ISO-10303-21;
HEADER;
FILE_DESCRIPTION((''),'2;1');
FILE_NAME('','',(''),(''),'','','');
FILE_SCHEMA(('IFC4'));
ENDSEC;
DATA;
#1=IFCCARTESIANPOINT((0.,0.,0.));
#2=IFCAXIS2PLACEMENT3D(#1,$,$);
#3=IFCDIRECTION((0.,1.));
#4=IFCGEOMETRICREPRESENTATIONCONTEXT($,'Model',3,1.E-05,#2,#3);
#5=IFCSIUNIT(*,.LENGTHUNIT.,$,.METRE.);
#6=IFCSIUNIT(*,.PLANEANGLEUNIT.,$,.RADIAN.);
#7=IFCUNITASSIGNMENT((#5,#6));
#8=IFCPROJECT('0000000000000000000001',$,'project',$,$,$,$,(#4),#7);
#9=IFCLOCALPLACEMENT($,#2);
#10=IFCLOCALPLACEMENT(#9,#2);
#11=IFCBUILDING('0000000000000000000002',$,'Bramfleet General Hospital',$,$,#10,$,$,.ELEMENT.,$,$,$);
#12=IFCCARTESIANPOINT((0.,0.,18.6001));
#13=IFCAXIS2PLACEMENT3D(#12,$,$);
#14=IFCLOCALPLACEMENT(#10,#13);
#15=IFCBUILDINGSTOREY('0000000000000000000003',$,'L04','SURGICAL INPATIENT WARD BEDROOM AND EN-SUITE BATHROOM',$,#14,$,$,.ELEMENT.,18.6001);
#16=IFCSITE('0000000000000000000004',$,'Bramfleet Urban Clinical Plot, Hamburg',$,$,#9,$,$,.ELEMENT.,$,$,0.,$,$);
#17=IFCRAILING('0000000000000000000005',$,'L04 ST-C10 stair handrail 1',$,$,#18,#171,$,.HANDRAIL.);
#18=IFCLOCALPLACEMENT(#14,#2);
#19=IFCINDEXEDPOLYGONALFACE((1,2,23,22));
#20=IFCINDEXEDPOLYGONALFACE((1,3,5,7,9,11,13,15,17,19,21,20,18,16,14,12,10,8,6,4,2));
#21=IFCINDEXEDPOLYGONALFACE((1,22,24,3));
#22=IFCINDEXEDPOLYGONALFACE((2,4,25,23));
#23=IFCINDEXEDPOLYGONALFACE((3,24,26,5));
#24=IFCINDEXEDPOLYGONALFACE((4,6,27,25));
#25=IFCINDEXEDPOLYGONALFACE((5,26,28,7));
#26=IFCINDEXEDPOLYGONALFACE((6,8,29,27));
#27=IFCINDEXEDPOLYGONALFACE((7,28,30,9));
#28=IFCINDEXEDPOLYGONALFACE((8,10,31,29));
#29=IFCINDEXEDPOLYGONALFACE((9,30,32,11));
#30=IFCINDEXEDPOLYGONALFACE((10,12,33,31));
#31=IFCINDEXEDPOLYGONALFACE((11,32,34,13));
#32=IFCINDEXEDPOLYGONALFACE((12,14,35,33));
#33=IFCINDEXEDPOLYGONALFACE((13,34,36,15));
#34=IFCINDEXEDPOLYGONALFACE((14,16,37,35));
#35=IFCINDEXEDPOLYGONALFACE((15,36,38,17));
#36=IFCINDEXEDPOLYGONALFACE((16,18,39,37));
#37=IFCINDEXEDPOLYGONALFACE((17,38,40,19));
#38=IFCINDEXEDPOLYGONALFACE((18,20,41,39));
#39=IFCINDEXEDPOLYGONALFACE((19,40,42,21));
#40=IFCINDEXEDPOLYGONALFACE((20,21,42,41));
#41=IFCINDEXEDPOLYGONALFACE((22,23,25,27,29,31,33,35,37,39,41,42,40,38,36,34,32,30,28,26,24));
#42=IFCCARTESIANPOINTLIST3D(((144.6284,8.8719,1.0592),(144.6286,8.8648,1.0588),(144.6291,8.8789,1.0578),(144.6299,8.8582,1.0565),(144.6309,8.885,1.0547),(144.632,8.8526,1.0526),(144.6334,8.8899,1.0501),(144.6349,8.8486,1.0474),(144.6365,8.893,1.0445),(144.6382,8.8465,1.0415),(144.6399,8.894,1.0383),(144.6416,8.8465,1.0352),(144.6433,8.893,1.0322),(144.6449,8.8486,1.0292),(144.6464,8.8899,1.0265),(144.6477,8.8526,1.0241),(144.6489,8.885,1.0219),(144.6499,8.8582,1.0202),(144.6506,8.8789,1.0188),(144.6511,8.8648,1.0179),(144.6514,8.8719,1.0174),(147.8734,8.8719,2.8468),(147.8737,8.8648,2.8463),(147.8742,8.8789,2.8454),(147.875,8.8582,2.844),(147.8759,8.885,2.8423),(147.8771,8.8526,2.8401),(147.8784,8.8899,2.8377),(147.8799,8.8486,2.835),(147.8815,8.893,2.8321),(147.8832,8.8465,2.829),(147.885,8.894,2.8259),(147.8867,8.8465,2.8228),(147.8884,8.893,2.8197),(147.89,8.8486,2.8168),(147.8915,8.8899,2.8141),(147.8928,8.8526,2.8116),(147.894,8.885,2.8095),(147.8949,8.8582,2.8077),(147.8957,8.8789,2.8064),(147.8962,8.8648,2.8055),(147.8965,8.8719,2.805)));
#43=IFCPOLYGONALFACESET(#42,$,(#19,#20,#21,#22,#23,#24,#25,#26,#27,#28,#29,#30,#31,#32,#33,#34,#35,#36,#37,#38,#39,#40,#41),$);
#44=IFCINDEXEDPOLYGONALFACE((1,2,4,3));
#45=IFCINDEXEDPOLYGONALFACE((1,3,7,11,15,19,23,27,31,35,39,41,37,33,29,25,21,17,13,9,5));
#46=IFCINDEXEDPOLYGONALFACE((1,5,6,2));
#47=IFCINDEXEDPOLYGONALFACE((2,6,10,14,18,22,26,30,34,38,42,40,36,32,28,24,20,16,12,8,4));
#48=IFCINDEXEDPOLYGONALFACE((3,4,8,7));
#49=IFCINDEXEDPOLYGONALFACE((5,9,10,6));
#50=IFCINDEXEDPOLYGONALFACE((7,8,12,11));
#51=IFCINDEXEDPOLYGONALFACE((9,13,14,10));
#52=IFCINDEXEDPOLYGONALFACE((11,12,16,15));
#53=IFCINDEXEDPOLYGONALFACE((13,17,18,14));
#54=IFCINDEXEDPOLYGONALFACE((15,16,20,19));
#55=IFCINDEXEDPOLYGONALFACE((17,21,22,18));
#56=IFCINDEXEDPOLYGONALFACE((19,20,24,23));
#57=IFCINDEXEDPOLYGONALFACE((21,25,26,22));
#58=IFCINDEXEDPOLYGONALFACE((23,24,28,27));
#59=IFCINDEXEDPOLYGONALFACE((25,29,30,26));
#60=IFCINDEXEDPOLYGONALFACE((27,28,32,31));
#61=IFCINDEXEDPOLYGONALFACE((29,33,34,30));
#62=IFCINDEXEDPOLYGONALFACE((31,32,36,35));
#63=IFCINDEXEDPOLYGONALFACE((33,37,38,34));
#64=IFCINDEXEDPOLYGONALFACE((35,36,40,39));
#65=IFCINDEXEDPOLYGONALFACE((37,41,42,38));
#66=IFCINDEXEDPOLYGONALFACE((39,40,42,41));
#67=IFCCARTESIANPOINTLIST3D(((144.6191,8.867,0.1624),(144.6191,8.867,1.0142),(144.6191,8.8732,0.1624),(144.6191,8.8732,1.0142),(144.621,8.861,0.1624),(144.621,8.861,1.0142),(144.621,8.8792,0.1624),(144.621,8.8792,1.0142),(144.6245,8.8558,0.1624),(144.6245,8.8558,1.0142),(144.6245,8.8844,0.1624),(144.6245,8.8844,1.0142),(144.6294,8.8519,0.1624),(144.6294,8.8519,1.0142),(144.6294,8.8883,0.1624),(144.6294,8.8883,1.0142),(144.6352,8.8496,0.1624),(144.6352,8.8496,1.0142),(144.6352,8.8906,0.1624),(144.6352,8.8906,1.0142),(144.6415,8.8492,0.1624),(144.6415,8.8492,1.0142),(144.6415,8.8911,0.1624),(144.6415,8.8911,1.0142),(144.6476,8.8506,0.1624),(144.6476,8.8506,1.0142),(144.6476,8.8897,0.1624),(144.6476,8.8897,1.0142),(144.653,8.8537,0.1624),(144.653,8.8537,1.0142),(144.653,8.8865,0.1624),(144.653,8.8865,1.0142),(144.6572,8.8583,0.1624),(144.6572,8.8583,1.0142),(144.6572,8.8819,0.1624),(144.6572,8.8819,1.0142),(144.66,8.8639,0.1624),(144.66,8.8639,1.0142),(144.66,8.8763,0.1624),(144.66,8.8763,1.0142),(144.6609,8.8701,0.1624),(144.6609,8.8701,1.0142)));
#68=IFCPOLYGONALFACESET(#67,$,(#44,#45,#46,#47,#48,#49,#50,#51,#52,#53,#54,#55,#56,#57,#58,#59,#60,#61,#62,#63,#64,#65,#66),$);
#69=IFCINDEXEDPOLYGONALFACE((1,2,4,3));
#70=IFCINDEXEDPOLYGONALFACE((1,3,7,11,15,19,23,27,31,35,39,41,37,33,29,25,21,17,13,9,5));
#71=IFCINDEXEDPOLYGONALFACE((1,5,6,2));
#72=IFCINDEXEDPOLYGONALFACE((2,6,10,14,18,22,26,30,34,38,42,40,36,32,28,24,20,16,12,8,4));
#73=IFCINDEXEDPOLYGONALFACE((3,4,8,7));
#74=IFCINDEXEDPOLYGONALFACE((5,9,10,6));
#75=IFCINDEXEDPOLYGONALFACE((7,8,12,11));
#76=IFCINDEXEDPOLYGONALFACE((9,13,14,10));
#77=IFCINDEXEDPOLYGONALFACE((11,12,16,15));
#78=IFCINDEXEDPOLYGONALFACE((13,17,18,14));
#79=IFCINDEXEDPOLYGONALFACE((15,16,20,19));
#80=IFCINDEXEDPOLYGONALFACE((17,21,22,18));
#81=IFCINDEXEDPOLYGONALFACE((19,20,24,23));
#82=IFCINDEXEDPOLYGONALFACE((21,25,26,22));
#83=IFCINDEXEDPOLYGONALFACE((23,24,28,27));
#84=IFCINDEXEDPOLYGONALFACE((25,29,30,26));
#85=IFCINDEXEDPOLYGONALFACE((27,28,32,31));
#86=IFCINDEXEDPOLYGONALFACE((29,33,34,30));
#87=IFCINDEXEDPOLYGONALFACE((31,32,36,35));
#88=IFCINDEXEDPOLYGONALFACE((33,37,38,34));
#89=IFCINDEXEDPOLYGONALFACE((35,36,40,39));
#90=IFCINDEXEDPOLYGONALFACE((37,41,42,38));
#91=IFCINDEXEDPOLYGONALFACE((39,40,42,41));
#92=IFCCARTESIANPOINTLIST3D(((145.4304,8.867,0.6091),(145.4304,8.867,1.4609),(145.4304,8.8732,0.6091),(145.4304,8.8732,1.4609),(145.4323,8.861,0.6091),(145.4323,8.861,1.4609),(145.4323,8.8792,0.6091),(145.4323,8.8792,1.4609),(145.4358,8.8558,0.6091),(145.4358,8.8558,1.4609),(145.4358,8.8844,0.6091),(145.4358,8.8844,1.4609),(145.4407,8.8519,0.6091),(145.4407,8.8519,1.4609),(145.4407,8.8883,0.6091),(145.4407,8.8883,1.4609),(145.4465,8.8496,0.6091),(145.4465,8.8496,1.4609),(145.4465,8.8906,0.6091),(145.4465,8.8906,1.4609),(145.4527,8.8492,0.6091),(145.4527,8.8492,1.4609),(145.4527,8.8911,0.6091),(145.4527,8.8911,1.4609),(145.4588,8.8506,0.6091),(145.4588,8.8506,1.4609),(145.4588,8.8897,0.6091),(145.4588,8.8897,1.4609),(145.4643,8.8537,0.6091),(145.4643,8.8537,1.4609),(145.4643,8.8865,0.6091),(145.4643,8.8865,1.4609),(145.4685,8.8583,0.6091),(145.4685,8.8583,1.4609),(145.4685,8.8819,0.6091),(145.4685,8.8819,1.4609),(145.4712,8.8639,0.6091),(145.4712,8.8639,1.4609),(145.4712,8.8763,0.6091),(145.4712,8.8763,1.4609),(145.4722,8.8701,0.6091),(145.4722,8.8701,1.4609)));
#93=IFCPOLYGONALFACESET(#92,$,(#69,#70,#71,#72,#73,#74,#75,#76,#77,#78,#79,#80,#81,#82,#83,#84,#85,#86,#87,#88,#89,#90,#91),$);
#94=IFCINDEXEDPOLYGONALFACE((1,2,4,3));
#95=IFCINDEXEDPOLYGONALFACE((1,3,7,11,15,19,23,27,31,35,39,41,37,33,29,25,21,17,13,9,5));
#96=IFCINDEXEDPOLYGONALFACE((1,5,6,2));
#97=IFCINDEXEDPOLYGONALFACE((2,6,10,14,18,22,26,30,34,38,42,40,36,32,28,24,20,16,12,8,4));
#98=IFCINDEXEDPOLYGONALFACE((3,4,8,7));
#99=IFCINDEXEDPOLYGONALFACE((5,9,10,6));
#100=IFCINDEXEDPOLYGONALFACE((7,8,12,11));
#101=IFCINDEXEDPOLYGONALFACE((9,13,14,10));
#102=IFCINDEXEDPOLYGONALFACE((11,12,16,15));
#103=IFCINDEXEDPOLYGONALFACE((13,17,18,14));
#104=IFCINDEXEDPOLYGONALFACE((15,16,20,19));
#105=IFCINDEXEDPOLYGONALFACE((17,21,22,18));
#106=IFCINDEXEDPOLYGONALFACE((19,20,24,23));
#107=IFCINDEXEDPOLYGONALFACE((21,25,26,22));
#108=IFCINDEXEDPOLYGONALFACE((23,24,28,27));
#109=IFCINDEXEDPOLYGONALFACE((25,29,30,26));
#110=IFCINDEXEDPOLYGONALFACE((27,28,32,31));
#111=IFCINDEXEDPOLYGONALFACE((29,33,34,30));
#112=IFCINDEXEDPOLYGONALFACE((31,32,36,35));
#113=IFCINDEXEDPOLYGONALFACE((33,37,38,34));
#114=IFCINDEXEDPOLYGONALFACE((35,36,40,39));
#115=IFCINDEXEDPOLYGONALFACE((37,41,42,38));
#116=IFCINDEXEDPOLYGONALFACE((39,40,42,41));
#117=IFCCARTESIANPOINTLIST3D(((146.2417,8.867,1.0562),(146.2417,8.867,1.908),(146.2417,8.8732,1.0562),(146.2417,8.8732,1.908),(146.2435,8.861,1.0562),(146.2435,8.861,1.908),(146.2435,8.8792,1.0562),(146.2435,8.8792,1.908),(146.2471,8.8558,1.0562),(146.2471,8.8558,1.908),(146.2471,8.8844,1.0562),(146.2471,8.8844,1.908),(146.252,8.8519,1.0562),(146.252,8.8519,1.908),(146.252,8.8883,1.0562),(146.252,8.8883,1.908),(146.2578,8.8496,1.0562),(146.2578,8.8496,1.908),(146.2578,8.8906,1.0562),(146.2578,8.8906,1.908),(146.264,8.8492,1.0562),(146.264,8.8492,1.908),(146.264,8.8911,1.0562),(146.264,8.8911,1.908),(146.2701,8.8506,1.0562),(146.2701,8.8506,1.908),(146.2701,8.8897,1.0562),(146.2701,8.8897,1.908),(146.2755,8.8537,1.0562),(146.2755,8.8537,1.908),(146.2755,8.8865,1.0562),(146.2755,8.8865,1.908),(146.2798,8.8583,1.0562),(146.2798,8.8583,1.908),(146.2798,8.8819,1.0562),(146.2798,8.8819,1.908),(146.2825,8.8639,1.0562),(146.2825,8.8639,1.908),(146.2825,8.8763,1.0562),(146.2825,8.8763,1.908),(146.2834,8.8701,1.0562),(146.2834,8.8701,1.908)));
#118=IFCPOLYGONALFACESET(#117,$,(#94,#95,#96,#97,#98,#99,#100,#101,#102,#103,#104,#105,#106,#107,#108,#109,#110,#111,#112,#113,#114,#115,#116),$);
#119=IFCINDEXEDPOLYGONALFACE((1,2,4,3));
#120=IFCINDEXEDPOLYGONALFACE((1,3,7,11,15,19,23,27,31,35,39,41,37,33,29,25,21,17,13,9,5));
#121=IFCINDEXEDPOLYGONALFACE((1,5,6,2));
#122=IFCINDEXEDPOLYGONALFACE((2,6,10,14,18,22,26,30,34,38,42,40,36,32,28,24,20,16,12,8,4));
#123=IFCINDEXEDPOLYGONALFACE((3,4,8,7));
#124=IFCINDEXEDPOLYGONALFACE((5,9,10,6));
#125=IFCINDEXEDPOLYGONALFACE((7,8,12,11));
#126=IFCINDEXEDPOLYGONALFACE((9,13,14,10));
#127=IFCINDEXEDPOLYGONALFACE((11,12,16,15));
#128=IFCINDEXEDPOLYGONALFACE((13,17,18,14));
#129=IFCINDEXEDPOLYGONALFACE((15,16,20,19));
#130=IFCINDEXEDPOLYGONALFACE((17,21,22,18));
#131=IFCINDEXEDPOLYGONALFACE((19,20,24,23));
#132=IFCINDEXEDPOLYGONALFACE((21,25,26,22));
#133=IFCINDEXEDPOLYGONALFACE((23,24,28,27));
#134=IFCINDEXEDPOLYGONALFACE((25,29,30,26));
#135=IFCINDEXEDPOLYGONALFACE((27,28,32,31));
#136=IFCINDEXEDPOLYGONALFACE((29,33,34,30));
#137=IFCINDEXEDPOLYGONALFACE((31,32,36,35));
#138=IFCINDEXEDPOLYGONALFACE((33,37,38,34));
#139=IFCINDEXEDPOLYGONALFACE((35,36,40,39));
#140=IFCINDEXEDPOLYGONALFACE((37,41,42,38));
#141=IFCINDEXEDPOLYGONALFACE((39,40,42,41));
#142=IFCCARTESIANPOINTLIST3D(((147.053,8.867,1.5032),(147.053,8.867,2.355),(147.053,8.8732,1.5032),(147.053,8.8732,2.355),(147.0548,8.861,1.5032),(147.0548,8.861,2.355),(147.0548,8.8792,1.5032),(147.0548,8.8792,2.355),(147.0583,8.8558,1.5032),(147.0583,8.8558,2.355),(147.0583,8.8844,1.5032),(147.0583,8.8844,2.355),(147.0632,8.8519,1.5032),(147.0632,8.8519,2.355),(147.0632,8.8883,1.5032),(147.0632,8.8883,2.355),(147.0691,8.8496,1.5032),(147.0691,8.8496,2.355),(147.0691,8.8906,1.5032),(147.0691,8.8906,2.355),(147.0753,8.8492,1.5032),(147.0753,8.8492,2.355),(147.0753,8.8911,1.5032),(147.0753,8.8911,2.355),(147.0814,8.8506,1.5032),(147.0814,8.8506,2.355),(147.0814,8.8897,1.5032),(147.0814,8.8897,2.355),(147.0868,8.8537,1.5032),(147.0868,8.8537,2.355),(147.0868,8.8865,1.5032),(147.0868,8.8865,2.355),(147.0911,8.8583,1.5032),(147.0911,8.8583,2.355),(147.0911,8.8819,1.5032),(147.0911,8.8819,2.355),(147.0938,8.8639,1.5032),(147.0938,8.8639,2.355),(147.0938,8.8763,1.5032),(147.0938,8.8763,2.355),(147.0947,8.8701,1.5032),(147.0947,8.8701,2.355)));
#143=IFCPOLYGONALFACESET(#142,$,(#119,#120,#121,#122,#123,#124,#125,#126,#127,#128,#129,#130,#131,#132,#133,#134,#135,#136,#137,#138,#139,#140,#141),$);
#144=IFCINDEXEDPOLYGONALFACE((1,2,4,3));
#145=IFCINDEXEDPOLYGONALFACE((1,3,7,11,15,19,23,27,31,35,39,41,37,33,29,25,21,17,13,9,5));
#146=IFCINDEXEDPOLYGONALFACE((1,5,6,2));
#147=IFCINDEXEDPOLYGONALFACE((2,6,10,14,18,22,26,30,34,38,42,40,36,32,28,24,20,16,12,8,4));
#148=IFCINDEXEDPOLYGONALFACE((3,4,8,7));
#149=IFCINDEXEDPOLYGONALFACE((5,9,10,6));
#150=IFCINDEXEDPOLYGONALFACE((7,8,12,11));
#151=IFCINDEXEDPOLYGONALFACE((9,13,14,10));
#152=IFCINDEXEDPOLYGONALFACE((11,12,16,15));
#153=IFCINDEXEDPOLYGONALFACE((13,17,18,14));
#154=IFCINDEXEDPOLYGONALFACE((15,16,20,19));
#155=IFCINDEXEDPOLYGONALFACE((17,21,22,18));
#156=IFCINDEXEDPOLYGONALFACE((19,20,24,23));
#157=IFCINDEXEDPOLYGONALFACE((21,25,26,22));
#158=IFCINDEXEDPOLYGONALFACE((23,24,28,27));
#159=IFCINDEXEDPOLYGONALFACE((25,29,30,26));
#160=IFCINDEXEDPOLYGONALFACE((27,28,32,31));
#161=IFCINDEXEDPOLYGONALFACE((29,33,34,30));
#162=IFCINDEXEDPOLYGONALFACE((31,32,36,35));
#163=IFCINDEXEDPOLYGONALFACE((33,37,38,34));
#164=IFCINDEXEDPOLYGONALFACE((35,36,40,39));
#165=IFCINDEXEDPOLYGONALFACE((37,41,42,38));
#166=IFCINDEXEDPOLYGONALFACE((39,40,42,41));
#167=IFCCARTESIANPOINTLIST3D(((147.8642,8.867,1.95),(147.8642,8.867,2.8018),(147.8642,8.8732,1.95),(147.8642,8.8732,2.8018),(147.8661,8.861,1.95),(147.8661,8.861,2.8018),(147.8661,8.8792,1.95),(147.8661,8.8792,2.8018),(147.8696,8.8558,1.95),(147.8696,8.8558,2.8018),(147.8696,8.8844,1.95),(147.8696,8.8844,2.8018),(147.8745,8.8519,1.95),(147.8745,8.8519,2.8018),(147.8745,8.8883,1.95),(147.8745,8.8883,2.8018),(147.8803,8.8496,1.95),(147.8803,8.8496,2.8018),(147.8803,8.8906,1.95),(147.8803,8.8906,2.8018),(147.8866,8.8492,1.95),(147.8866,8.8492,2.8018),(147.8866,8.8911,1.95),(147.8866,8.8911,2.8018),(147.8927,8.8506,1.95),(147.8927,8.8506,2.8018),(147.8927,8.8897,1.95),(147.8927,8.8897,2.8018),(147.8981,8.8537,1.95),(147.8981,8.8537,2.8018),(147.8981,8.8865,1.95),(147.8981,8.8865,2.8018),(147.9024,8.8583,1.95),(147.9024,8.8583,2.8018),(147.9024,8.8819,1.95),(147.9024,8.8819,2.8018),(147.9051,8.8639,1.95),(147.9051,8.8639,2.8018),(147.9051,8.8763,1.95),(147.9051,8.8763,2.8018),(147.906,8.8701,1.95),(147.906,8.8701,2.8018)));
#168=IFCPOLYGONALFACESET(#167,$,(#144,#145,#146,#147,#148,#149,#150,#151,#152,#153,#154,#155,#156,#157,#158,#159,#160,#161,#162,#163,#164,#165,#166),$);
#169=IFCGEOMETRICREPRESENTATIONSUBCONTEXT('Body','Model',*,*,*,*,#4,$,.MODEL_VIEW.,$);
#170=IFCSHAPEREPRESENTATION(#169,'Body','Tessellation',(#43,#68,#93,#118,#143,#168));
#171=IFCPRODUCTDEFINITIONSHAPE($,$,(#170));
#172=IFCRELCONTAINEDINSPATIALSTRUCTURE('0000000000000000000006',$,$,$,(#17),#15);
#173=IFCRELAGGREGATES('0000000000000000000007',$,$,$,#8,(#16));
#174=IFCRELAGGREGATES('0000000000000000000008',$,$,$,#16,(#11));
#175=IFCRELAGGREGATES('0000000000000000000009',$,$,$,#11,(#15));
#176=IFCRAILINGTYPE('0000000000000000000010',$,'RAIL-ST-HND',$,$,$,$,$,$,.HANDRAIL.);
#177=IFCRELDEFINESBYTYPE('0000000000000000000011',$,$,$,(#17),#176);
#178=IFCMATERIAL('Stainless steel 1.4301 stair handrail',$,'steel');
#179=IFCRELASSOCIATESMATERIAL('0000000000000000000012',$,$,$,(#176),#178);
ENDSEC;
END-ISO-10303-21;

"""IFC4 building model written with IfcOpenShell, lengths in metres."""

from ifc_helpers import new_model, si_unit, direction, frame, origin, origin_2d, place, context, subcontext, project, spatial, circle, extrude, material, type_object, element, save


model = new_model("IFC4")

# Units and contexts
model_context = context("Model", 3, precision=1e-05, world=origin(), true_north=direction((0.0, 1.0)))
body_context = subcontext(model_context, "Body", "Model", "MODEL_VIEW")
ifc_project = project(units=[si_unit("LENGTHUNIT", "METRE"), si_unit("PLANEANGLEUNIT", "RADIAN")], contexts=[model_context])

# Site, building, storey
site_placement = place(None, origin())
site = spatial("IfcSite", under=ifc_project, at=site_placement, Name="Bramfleet Urban Clinical Plot, Hamburg", CompositionType="ELEMENT", RefElevation=0.0)
building_placement = place(site_placement, origin())
building = spatial("IfcBuilding", under=site, at=building_placement, Name="Bramfleet General Hospital", CompositionType="ELEMENT")
storey_placement = place(building_placement, frame((0.0, 0.0, 18.6001)))
storey = spatial("IfcBuildingStorey", under=building, at=storey_placement, Name="L04", Description="SURGICAL INPATIENT WARD BEDROOM AND EN-SUITE BATHROOM", CompositionType="ELEMENT", Elevation=18.6001)

# Railing
ifc_material_1 = material(Name="Stainless steel 1.4301 stair handrail", Category="steel")
railing_type_1 = type_object("IfcRailingType", Name="RAIL-ST-HND", PredefinedType="HANDRAIL", material=ifc_material_1)
railing_1_placement = place(storey_placement, frame((144.6399, 8.8701, 0.1624)))
element("IfcRailing", 1, at=railing_1_placement, inside=storey, type_object=railing_type_1, Name="L04 ST-C10 stair handrail 1", PredefinedType="HANDRAIL", context=body_context, shape_type="SweptSolid", body=[
    extrude(circle(Radius=0.0239, at=origin_2d()), frame((0.0, 0.0, 0.876), z_axis=(0.875899, 0.0, 0.482495), x_axis=(0.0, 1.0, 0.0)), (0.0, 0.0, 1.0), 3.7048),
    extrude(circle(Radius=0.021, at=origin_2d()), origin(), (0.0, 0.0, 1.0), 0.8518),
    extrude(circle(Radius=0.021, at=origin_2d()), frame((0.8113, 0.0, 0.4468)), (0.0, 0.0, 1.0), 0.8518),
    extrude(circle(Radius=0.021, at=origin_2d()), frame((1.6226, 0.0, 0.8938)), (0.0, 0.0, 1.0), 0.8518),
    extrude(circle(Radius=0.021, at=origin_2d()), frame((2.4338, 0.0, 1.3408)), (0.0, 0.0, 1.0), 0.8518),
    extrude(circle(Radius=0.021, at=origin_2d()), frame((3.2451, 0.0, 1.7876)), (0.0, 0.0, 1.0), 0.8518),
])

save(model, "model.ifc")
